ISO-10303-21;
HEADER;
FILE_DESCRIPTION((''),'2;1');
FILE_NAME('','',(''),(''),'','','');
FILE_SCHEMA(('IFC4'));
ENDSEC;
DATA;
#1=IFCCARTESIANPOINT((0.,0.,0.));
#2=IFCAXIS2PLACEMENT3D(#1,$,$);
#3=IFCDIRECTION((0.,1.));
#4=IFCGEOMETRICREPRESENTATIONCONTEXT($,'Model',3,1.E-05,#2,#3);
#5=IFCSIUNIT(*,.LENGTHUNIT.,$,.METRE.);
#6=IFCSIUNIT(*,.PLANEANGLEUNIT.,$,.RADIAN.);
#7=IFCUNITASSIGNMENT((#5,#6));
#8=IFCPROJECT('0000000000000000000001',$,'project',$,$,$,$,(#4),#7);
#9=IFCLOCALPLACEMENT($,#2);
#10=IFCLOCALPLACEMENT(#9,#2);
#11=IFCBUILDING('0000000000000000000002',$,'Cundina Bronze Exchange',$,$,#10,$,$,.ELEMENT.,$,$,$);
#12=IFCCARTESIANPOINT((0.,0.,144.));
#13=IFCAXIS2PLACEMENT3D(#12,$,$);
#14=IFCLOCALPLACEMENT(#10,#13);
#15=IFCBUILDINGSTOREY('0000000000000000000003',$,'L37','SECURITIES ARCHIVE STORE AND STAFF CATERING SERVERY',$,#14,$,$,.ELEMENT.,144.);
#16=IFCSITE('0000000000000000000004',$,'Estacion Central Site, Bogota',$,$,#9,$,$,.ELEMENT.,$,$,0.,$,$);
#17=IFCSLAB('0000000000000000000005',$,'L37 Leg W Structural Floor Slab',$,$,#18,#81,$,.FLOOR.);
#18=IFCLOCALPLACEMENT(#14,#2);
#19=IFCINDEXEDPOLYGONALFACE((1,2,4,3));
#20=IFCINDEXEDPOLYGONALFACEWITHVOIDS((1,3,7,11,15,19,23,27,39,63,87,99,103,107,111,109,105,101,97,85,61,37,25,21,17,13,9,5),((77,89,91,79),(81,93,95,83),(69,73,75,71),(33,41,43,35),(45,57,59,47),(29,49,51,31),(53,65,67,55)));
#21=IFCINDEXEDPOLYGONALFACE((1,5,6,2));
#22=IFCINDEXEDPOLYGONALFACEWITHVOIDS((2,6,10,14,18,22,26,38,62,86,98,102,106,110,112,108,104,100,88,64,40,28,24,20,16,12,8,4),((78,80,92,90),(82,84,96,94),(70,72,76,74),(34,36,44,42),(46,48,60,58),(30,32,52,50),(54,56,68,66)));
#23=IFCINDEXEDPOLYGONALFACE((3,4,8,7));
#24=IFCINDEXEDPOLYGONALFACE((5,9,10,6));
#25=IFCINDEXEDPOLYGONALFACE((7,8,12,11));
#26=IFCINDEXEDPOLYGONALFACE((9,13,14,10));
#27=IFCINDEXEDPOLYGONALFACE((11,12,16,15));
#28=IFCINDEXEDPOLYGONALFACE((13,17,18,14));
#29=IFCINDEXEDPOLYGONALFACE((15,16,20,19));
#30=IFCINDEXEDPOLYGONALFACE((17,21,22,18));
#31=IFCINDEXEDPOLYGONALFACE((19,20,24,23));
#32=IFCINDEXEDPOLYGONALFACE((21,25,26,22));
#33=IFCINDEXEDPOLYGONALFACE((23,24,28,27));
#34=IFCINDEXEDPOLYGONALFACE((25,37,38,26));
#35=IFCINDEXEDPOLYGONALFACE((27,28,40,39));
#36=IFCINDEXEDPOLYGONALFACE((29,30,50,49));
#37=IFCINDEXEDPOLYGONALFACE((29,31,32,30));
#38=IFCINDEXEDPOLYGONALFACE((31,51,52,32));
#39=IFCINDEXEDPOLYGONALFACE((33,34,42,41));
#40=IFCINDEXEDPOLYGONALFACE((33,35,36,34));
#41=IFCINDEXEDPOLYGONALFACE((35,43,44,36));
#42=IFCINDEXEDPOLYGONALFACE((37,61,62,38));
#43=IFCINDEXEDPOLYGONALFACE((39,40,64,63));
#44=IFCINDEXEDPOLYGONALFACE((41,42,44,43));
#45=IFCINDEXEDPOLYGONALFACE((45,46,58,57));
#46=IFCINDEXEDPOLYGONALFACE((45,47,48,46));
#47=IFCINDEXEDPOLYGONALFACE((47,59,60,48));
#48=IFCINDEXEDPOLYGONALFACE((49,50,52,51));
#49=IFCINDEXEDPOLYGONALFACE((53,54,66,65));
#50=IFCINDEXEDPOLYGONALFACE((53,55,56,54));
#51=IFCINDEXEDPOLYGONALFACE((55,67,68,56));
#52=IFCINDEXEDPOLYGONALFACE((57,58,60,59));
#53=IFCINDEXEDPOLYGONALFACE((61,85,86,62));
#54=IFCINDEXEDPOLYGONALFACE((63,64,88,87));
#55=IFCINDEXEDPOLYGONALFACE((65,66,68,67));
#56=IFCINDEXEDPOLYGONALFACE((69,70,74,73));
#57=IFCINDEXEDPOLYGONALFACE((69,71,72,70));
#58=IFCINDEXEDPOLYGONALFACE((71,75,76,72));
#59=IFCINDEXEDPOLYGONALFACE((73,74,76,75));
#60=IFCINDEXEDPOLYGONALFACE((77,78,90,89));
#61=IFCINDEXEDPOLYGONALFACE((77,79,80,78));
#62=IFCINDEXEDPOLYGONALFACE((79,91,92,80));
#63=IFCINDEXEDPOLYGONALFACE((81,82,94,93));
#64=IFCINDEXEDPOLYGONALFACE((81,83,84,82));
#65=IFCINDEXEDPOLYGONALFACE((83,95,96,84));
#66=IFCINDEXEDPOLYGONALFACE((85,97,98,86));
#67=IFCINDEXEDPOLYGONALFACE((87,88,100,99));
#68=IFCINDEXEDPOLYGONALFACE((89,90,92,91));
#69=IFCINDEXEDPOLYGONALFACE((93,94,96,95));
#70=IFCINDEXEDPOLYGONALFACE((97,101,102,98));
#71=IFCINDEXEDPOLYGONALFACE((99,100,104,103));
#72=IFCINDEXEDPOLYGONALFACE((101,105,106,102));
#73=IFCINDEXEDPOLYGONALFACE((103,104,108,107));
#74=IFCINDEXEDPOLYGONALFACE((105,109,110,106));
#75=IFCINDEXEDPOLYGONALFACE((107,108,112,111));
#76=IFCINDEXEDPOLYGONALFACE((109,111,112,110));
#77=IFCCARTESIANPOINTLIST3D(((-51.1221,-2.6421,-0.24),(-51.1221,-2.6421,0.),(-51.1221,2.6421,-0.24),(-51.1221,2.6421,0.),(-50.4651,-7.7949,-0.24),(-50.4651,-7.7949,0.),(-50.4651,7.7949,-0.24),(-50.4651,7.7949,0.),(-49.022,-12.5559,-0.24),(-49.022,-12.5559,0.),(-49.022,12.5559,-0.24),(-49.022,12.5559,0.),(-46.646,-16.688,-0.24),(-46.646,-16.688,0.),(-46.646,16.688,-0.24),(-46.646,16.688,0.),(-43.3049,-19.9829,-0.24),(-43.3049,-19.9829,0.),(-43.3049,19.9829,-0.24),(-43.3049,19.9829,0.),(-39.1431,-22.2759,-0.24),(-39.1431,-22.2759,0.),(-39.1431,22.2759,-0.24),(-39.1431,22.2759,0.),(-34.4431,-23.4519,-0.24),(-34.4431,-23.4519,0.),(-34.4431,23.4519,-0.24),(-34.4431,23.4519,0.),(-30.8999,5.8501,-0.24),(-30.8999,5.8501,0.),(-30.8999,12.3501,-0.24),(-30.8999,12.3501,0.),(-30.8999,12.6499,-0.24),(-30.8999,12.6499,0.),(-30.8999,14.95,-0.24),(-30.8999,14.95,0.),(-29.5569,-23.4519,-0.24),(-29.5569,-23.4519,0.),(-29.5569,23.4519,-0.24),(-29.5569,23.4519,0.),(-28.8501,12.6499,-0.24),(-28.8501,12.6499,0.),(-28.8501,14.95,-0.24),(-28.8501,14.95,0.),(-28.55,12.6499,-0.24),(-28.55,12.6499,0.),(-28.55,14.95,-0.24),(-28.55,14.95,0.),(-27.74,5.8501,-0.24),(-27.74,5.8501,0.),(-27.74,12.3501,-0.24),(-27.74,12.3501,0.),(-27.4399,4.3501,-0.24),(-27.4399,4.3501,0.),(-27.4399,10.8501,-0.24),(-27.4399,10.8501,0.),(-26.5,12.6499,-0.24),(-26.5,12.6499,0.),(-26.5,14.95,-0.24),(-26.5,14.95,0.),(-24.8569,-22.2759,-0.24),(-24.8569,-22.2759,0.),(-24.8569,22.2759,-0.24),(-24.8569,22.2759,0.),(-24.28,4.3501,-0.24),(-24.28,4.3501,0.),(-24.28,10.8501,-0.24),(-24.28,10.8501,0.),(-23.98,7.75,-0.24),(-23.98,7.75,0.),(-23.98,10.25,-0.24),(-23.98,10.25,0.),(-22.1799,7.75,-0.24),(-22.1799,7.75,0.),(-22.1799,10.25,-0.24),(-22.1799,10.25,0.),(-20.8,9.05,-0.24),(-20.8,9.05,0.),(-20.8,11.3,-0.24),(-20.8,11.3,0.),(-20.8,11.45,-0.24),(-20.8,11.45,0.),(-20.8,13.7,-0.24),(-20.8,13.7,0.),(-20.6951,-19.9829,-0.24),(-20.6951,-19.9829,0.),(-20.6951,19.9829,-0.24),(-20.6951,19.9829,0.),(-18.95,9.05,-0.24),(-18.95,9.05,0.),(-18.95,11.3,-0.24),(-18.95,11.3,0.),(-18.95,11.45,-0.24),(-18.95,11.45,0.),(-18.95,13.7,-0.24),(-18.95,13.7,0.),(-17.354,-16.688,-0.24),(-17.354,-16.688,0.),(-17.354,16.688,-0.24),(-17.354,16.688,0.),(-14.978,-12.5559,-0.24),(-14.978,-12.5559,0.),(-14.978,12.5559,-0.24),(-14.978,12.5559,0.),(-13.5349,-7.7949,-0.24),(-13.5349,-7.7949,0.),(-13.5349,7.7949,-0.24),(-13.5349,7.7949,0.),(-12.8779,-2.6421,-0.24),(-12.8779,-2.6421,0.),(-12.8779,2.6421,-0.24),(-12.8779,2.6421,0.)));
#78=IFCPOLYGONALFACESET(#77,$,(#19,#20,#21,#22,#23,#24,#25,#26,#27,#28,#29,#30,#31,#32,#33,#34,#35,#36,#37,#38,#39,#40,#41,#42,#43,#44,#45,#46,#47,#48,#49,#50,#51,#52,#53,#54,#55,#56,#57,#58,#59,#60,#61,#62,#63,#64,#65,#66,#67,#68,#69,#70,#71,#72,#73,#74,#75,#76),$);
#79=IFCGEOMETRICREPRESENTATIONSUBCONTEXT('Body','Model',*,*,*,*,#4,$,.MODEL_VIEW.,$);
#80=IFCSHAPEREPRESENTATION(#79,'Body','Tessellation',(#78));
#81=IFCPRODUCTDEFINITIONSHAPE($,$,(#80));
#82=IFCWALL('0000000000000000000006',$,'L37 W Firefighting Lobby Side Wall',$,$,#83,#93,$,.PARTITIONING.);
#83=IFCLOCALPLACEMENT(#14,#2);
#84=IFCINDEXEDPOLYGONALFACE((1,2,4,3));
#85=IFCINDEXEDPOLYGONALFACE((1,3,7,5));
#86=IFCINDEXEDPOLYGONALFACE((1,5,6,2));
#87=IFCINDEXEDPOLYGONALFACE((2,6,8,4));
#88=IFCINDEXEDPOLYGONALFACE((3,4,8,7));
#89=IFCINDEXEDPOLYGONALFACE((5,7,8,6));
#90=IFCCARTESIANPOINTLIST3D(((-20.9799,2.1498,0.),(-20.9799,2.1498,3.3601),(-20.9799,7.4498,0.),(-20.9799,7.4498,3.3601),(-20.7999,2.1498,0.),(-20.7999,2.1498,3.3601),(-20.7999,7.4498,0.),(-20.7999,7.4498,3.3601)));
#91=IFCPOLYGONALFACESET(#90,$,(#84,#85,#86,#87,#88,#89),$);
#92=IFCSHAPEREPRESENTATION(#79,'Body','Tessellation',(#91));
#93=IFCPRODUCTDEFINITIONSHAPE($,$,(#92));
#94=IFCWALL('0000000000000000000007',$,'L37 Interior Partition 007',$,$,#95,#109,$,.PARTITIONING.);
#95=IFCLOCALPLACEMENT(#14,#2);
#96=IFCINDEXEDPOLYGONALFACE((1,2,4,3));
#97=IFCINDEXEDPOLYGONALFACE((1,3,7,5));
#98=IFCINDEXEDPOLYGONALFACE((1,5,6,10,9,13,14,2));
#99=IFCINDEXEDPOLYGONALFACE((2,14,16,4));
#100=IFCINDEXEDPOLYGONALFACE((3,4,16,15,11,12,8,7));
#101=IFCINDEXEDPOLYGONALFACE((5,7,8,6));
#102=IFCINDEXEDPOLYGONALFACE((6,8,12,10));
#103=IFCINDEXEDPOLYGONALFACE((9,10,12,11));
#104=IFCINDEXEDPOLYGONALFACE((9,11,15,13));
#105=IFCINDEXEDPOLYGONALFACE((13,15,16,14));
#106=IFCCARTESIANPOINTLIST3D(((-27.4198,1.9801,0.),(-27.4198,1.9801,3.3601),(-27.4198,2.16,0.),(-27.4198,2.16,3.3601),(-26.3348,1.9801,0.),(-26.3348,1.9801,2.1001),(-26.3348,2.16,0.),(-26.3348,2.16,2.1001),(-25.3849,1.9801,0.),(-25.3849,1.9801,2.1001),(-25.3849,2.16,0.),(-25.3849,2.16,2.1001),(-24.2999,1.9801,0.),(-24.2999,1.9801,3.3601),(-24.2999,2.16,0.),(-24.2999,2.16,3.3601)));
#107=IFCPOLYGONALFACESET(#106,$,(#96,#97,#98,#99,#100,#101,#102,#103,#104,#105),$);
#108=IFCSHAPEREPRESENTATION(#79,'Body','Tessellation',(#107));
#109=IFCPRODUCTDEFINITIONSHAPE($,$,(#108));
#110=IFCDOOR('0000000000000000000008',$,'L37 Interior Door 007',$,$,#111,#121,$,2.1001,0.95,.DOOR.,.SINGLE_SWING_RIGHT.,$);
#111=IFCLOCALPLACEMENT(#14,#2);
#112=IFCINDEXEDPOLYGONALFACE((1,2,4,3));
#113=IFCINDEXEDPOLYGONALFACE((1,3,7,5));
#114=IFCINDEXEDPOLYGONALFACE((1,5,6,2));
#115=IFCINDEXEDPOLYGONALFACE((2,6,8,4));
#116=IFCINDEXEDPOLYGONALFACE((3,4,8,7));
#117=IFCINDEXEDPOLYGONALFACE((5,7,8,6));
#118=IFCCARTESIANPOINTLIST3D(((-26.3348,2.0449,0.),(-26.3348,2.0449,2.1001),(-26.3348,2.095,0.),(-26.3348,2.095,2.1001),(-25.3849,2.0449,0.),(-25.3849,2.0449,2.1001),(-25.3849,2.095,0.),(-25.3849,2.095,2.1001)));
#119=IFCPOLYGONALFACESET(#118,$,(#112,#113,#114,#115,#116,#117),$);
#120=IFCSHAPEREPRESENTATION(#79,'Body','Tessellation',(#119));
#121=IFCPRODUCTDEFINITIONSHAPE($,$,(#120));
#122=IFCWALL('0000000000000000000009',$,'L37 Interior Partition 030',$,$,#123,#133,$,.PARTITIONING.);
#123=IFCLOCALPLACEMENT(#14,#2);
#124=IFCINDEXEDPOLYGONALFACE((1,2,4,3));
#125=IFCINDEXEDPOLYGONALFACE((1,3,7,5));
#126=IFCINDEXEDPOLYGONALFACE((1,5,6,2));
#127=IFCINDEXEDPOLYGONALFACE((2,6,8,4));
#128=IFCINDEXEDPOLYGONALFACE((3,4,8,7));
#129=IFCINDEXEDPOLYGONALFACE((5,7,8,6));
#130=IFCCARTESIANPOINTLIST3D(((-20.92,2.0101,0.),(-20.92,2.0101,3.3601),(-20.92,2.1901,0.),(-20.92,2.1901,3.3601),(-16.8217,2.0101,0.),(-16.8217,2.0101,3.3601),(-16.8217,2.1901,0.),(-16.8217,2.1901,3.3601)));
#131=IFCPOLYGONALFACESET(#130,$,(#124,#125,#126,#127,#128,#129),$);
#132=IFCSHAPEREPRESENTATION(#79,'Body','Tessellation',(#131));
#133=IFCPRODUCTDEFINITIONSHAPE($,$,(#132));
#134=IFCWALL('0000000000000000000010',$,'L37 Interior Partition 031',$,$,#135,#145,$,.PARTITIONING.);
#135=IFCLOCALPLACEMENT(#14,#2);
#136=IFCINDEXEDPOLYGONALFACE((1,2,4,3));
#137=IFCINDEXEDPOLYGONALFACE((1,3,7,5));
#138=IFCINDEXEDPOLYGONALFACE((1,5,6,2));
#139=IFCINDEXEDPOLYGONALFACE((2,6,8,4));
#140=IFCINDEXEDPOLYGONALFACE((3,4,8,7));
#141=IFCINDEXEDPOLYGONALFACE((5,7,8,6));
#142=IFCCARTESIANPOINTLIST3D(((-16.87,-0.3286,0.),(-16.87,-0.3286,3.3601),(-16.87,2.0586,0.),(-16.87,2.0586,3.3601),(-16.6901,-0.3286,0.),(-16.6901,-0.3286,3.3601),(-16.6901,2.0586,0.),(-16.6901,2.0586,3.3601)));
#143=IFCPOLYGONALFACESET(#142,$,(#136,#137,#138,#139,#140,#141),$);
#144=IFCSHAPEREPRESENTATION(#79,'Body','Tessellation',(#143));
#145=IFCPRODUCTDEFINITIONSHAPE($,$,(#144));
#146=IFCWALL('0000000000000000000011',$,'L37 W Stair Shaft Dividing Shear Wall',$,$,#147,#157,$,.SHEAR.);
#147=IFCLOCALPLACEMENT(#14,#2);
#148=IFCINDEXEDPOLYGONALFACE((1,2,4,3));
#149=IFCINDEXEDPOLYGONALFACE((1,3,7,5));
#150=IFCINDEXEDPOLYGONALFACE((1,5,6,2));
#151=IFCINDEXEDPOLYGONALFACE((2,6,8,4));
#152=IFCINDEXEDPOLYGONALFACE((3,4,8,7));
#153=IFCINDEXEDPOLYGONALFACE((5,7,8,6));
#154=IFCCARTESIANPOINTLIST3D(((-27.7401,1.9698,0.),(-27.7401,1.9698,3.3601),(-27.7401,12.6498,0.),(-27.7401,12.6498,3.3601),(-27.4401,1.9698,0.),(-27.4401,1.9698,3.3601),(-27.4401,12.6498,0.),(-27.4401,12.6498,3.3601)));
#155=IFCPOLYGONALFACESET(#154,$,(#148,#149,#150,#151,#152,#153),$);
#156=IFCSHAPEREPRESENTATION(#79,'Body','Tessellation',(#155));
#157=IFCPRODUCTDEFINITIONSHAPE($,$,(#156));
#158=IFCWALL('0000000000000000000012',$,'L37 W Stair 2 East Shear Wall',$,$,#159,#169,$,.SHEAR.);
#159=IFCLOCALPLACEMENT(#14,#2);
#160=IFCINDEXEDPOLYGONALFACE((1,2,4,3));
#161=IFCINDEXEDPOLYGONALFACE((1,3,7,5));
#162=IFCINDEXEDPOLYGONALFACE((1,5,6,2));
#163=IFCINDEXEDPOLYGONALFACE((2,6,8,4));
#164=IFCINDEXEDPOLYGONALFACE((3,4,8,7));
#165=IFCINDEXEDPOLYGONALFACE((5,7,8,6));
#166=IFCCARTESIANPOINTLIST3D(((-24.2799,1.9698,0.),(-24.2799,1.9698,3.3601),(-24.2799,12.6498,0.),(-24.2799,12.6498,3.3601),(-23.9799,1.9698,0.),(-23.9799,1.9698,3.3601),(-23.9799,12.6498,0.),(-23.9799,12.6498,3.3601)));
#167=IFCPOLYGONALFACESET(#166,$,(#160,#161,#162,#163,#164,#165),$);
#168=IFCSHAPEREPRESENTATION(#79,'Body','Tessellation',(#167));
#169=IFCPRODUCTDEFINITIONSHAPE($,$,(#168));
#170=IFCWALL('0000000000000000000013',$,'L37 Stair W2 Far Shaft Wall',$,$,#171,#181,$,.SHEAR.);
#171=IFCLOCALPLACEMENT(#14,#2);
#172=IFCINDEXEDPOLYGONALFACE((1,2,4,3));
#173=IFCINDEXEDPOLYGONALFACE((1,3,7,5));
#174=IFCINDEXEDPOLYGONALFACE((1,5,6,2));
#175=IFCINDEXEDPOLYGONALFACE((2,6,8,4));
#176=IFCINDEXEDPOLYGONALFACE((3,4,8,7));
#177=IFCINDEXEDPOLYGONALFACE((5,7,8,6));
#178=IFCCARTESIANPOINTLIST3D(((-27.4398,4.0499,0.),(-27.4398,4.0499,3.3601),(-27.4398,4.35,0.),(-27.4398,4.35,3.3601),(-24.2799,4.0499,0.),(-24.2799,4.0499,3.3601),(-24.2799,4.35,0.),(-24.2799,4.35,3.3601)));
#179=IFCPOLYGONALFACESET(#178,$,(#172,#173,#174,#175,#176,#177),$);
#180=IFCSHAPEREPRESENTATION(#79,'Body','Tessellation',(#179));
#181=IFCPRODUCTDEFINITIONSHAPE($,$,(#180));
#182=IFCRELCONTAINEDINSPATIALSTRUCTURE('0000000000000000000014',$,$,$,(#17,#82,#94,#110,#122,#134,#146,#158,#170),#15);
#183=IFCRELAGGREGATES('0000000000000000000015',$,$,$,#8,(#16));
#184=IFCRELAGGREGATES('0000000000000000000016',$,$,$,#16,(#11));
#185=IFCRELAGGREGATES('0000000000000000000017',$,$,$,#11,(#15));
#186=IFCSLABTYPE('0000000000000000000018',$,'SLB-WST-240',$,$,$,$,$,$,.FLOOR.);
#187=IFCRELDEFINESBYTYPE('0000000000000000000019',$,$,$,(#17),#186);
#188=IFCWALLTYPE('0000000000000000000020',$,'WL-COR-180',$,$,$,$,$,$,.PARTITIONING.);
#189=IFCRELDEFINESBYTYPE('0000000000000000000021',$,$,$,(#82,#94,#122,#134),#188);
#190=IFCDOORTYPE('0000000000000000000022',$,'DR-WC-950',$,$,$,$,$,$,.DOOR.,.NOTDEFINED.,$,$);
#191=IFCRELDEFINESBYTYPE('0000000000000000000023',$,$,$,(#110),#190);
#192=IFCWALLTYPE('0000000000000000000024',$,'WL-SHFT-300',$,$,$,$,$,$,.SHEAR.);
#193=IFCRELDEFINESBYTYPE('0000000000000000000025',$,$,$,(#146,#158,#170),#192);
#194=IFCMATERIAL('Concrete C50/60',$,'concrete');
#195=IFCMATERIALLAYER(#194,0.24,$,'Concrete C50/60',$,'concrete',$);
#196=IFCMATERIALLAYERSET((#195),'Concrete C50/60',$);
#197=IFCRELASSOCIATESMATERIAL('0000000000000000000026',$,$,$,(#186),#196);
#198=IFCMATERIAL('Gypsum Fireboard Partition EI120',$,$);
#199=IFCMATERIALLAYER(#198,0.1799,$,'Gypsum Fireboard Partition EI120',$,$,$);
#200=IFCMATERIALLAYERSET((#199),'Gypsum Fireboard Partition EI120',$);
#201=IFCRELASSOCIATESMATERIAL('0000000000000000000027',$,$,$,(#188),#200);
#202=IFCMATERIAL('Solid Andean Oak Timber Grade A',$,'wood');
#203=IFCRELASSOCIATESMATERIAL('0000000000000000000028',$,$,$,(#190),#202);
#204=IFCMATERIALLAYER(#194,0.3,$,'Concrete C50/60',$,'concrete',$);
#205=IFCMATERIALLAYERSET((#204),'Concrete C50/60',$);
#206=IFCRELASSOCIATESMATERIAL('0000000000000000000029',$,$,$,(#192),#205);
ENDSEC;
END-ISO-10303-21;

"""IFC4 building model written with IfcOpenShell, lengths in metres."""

from ifc_helpers import new_model, si_unit, direction, frame, frame_2d, origin, place, context, subcontext, project, spatial, polyline, rectangle, outline, extrude, material, layer, layer_set, type_object, element, fill, save


model = new_model("IFC4")

# Units and contexts
model_context = context("Model", 3, precision=1e-05, world=origin(), true_north=direction((0.0, 1.0)))
body_context = subcontext(model_context, "Body", "Model", "MODEL_VIEW")
ifc_project = project(units=[si_unit("LENGTHUNIT", "METRE"), si_unit("PLANEANGLEUNIT", "RADIAN")], contexts=[model_context])

# Site, building, storey
site_placement = place(None, origin())
site = spatial("IfcSite", under=ifc_project, at=site_placement, Name="Estacion Central Site, Bogota", CompositionType="ELEMENT", RefElevation=0.0)
building_placement = place(site_placement, origin())
building = spatial("IfcBuilding", under=site, at=building_placement, Name="Cundina Bronze Exchange", CompositionType="ELEMENT")
storey_placement = place(building_placement, frame((0.0, 0.0, 144.0)))
storey = spatial("IfcBuildingStorey", under=building, at=storey_placement, Name="L37", Description="SECURITIES ARCHIVE STORE AND STAFF CATERING SERVERY", CompositionType="ELEMENT", Elevation=144.0)

# Shared definitions
ifc_material_1 = material(Name="Concrete C50/60", Category="concrete")

# Slab
ifc_layer_1 = layer(ifc_material_1, 0.24, Name="Concrete C50/60", Category="concrete")
ifc_layer_set_1 = layer_set([ifc_layer_1], Name="Concrete C50/60")
slab_type = type_object("IfcSlabType", Name="SLB-WST-240", PredefinedType="FLOOR", material=ifc_layer_set_1)
slab_placement = place(storey_placement, frame((0.0, 0.0, -0.24)))
element("IfcSlab", 1, at=slab_placement, inside=storey, type_object=slab_type, Name="L37 Leg W Structural Floor Slab", PredefinedType="FLOOR", context=body_context, shape_type="SweptSolid", body=[
    extrude(outline(polyline([(-12.8779, 2.6421), (-13.5349, 7.7949), (-14.978, 12.5559), (-17.354, 16.688), (-20.6951, 19.9829), (-24.8569, 22.2759), (-29.5569, 23.4519), (-34.4431, 23.4519), (-39.1431, 22.2759), (-43.3049, 19.9829), (-46.646, 16.688), (-49.022, 12.5559), (-50.4651, 7.7949), (-51.1221, 2.6421), (-51.1221, -2.6421), (-50.4651, -7.7949), (-49.022, -12.5559), (-46.646, -16.688), (-43.3049, -19.9829), (-39.1431, -22.2759), (-34.4431, -23.4519), (-29.5569, -23.4519), (-24.8569, -22.2759), (-20.6951, -19.9829), (-17.354, -16.688), (-14.978, -12.5559), (-13.5349, -7.7949), (-12.8779, -2.6421), (-12.8779, 2.6421)]), holes=[polyline([(-27.74, 5.8501), (-27.74, 12.3501), (-30.8999, 12.3501), (-30.8999, 5.8501), (-27.74, 5.8501)]), polyline([(-27.4399, 10.8501), (-27.4399, 4.3501), (-24.28, 4.3501), (-24.28, 10.8501), (-27.4399, 10.8501)]), polyline([(-23.98, 10.25), (-22.1799, 10.25), (-22.1799, 7.75), (-23.98, 7.75), (-23.98, 10.25)]), polyline([(-30.8999, 14.95), (-28.8501, 14.95), (-28.8501, 12.6499), (-30.8999, 12.6499), (-30.8999, 14.95)]), polyline([(-28.55, 14.95), (-26.5, 14.95), (-26.5, 12.6499), (-28.55, 12.6499), (-28.55, 14.95)]), polyline([(-20.8, 13.7), (-18.95, 13.7), (-18.95, 11.45), (-20.8, 11.45), (-20.8, 13.7)]), polyline([(-20.8, 11.3), (-18.95, 11.3), (-18.95, 9.05), (-20.8, 9.05), (-20.8, 11.3)])]), origin(), (0.0, 0.0, 1.0), 0.24),
])

# Wall
ifc_material_2 = material(Name="Gypsum Fireboard Partition EI120")
ifc_layer_2 = layer(ifc_material_2, 0.1799, Name="Gypsum Fireboard Partition EI120")
ifc_layer_set_2 = layer_set([ifc_layer_2], Name="Gypsum Fireboard Partition EI120")
wall_type_1 = type_object("IfcWallType", Name="WL-COR-180", PredefinedType="PARTITIONING", material=ifc_layer_set_2)
wall_1_placement = place(storey_placement, frame((-20.8899, 2.1499, 0.0), z_axis=(0.0, 0.0, 1.0), x_axis=(0.0, 1.0, 0.0)))
element("IfcWall", 2, at=wall_1_placement, inside=storey, type_object=wall_type_1, Name="L37 W Firefighting Lobby Side Wall", PredefinedType="PARTITIONING", context=body_context, shape_type="SweptSolid", body=[
    extrude(rectangle(XDim=5.3, YDim=0.1799, at=frame_2d((2.6499, 0.0))), origin(), (0.0, 0.0, 1.0), 3.3601),
])

# Wall, opening, door
wall_2_placement = place(storey_placement, frame((-27.4199, 2.0701, 0.0), z_axis=(0.0, 0.0, 1.0), x_axis=(1.0, 0.0, 0.0)))
wall_2 = element("IfcWall", 3, at=wall_2_placement, inside=storey, type_object=wall_type_1, Name="L37 Interior Partition 007", PredefinedType="PARTITIONING", context=body_context, shape_type="SweptSolid", body=[
    extrude(rectangle(XDim=3.1199, YDim=0.1799, at=frame_2d((1.5601, 0.0))), origin(), (0.0, 0.0, 1.0), 3.3601),
])
opening_1_placement = place(wall_2_placement, frame((1.085, 0.0, 0.0)))
opening_1 = element("IfcOpeningElement", 4, at=opening_1_placement, cuts=wall_2, PredefinedType="OPENING", context=body_context, shape_type="SweptSolid", body=[
    extrude(rectangle(XDim=0.95, YDim=2.1001, at=frame_2d((0.4751, 1.05))), frame((0.0, 0.0999, 0.0), z_axis=(0.0, -1.0, 0.0), x_axis=(1.0, 0.0, 0.0)), (0.0, 0.0, 1.0), 0.2),
])
ifc_material_3 = material(Name="Solid Andean Oak Timber Grade A", Category="wood")
door_type_1 = type_object("IfcDoorType", Name="DR-WC-950", OperationType="NOTDEFINED", PredefinedType="DOOR", material=ifc_material_3)
door_1_placement = place(opening_1_placement, origin())
door_1 = element("IfcDoor", 5, at=door_1_placement, inside=storey, type_object=door_type_1, Name="L37 Interior Door 007", OperationType="SINGLE_SWING_RIGHT", OverallHeight=2.1001, OverallWidth=0.95, PredefinedType="DOOR", context=body_context, shape_type="SweptSolid", body=[
    extrude(rectangle(XDim=0.95, YDim=2.1001, at=frame_2d((0.4751, 1.05))), frame((0.0, 0.0249, 0.0), z_axis=(0.0, -1.0, 0.0), x_axis=(1.0, 0.0, 0.0)), (0.0, 0.0, 1.0), 0.05),
])
fill(opening_1, door_1)

# Walls
wall_3_placement = place(storey_placement, frame((-16.8215, 2.1001, 0.0), z_axis=(0.0, 0.0, 1.0), x_axis=(-1.0, 0.0, 0.0)))
element("IfcWall", 6, at=wall_3_placement, inside=storey, type_object=wall_type_1, Name="L37 Interior Partition 030", PredefinedType="PARTITIONING", context=body_context, shape_type="SweptSolid", body=[
    extrude(rectangle(XDim=4.0984, YDim=0.1799, at=frame_2d((2.0493, 0.0))), origin(), (0.0, 0.0, 1.0), 3.3601),
])
wall_4_placement = place(storey_placement, frame((-16.78, -0.3286, 0.0), z_axis=(0.0, 0.0, 1.0), x_axis=(0.0, 1.0, 0.0)))
element("IfcWall", 7, at=wall_4_placement, inside=storey, type_object=wall_type_1, Name="L37 Interior Partition 031", PredefinedType="PARTITIONING", context=body_context, shape_type="SweptSolid", body=[
    extrude(rectangle(XDim=2.3872, YDim=0.1799, at=frame_2d((1.1936, 0.0))), origin(), (0.0, 0.0, 1.0), 3.3601),
])
ifc_layer_3 = layer(ifc_material_1, 0.3, Name="Concrete C50/60", Category="concrete")
ifc_layer_set_3 = layer_set([ifc_layer_3], Name="Concrete C50/60")
wall_type_2 = type_object("IfcWallType", Name="WL-SHFT-300", PredefinedType="SHEAR", material=ifc_layer_set_3)
for number, where, z_axis, x_axis, name in (
    (8, (-27.5901, 1.97, 0.0), (0.0, 0.0, 1.0), (0.0, 1.0, 0.0), "L37 W Stair Shaft Dividing Shear Wall"),
    (9, (-24.1299, 1.97, 0.0), (0.0, 0.0, 1.0), (0.0, 1.0, 0.0), "L37 W Stair 2 East Shear Wall"),
):
    element("IfcWall", number, at=place(storey_placement, frame(where, z_axis=z_axis, x_axis=x_axis)), inside=storey, type_object=wall_type_2, Name=name, PredefinedType="SHEAR", context=body_context, shape_type="SweptSolid", body=[
        extrude(rectangle(XDim=10.6799, YDim=0.3, at=frame_2d((5.3398, 0.0))), origin(), (0.0, 0.0, 1.0), 3.3601),
    ])
wall_5_placement = place(storey_placement, frame((-27.4399, 4.2, 0.0), z_axis=(0.0, 0.0, 1.0), x_axis=(1.0, 0.0, 0.0)))
element("IfcWall", 10, at=wall_5_placement, inside=storey, type_object=wall_type_2, Name="L37 Stair W2 Far Shaft Wall", PredefinedType="SHEAR", context=body_context, shape_type="SweptSolid", body=[
    extrude(rectangle(XDim=3.1599, YDim=0.3, at=frame_2d((1.5801, 0.0))), origin(), (0.0, 0.0, 1.0), 3.3601),
])

save(model, "model.ifc")
